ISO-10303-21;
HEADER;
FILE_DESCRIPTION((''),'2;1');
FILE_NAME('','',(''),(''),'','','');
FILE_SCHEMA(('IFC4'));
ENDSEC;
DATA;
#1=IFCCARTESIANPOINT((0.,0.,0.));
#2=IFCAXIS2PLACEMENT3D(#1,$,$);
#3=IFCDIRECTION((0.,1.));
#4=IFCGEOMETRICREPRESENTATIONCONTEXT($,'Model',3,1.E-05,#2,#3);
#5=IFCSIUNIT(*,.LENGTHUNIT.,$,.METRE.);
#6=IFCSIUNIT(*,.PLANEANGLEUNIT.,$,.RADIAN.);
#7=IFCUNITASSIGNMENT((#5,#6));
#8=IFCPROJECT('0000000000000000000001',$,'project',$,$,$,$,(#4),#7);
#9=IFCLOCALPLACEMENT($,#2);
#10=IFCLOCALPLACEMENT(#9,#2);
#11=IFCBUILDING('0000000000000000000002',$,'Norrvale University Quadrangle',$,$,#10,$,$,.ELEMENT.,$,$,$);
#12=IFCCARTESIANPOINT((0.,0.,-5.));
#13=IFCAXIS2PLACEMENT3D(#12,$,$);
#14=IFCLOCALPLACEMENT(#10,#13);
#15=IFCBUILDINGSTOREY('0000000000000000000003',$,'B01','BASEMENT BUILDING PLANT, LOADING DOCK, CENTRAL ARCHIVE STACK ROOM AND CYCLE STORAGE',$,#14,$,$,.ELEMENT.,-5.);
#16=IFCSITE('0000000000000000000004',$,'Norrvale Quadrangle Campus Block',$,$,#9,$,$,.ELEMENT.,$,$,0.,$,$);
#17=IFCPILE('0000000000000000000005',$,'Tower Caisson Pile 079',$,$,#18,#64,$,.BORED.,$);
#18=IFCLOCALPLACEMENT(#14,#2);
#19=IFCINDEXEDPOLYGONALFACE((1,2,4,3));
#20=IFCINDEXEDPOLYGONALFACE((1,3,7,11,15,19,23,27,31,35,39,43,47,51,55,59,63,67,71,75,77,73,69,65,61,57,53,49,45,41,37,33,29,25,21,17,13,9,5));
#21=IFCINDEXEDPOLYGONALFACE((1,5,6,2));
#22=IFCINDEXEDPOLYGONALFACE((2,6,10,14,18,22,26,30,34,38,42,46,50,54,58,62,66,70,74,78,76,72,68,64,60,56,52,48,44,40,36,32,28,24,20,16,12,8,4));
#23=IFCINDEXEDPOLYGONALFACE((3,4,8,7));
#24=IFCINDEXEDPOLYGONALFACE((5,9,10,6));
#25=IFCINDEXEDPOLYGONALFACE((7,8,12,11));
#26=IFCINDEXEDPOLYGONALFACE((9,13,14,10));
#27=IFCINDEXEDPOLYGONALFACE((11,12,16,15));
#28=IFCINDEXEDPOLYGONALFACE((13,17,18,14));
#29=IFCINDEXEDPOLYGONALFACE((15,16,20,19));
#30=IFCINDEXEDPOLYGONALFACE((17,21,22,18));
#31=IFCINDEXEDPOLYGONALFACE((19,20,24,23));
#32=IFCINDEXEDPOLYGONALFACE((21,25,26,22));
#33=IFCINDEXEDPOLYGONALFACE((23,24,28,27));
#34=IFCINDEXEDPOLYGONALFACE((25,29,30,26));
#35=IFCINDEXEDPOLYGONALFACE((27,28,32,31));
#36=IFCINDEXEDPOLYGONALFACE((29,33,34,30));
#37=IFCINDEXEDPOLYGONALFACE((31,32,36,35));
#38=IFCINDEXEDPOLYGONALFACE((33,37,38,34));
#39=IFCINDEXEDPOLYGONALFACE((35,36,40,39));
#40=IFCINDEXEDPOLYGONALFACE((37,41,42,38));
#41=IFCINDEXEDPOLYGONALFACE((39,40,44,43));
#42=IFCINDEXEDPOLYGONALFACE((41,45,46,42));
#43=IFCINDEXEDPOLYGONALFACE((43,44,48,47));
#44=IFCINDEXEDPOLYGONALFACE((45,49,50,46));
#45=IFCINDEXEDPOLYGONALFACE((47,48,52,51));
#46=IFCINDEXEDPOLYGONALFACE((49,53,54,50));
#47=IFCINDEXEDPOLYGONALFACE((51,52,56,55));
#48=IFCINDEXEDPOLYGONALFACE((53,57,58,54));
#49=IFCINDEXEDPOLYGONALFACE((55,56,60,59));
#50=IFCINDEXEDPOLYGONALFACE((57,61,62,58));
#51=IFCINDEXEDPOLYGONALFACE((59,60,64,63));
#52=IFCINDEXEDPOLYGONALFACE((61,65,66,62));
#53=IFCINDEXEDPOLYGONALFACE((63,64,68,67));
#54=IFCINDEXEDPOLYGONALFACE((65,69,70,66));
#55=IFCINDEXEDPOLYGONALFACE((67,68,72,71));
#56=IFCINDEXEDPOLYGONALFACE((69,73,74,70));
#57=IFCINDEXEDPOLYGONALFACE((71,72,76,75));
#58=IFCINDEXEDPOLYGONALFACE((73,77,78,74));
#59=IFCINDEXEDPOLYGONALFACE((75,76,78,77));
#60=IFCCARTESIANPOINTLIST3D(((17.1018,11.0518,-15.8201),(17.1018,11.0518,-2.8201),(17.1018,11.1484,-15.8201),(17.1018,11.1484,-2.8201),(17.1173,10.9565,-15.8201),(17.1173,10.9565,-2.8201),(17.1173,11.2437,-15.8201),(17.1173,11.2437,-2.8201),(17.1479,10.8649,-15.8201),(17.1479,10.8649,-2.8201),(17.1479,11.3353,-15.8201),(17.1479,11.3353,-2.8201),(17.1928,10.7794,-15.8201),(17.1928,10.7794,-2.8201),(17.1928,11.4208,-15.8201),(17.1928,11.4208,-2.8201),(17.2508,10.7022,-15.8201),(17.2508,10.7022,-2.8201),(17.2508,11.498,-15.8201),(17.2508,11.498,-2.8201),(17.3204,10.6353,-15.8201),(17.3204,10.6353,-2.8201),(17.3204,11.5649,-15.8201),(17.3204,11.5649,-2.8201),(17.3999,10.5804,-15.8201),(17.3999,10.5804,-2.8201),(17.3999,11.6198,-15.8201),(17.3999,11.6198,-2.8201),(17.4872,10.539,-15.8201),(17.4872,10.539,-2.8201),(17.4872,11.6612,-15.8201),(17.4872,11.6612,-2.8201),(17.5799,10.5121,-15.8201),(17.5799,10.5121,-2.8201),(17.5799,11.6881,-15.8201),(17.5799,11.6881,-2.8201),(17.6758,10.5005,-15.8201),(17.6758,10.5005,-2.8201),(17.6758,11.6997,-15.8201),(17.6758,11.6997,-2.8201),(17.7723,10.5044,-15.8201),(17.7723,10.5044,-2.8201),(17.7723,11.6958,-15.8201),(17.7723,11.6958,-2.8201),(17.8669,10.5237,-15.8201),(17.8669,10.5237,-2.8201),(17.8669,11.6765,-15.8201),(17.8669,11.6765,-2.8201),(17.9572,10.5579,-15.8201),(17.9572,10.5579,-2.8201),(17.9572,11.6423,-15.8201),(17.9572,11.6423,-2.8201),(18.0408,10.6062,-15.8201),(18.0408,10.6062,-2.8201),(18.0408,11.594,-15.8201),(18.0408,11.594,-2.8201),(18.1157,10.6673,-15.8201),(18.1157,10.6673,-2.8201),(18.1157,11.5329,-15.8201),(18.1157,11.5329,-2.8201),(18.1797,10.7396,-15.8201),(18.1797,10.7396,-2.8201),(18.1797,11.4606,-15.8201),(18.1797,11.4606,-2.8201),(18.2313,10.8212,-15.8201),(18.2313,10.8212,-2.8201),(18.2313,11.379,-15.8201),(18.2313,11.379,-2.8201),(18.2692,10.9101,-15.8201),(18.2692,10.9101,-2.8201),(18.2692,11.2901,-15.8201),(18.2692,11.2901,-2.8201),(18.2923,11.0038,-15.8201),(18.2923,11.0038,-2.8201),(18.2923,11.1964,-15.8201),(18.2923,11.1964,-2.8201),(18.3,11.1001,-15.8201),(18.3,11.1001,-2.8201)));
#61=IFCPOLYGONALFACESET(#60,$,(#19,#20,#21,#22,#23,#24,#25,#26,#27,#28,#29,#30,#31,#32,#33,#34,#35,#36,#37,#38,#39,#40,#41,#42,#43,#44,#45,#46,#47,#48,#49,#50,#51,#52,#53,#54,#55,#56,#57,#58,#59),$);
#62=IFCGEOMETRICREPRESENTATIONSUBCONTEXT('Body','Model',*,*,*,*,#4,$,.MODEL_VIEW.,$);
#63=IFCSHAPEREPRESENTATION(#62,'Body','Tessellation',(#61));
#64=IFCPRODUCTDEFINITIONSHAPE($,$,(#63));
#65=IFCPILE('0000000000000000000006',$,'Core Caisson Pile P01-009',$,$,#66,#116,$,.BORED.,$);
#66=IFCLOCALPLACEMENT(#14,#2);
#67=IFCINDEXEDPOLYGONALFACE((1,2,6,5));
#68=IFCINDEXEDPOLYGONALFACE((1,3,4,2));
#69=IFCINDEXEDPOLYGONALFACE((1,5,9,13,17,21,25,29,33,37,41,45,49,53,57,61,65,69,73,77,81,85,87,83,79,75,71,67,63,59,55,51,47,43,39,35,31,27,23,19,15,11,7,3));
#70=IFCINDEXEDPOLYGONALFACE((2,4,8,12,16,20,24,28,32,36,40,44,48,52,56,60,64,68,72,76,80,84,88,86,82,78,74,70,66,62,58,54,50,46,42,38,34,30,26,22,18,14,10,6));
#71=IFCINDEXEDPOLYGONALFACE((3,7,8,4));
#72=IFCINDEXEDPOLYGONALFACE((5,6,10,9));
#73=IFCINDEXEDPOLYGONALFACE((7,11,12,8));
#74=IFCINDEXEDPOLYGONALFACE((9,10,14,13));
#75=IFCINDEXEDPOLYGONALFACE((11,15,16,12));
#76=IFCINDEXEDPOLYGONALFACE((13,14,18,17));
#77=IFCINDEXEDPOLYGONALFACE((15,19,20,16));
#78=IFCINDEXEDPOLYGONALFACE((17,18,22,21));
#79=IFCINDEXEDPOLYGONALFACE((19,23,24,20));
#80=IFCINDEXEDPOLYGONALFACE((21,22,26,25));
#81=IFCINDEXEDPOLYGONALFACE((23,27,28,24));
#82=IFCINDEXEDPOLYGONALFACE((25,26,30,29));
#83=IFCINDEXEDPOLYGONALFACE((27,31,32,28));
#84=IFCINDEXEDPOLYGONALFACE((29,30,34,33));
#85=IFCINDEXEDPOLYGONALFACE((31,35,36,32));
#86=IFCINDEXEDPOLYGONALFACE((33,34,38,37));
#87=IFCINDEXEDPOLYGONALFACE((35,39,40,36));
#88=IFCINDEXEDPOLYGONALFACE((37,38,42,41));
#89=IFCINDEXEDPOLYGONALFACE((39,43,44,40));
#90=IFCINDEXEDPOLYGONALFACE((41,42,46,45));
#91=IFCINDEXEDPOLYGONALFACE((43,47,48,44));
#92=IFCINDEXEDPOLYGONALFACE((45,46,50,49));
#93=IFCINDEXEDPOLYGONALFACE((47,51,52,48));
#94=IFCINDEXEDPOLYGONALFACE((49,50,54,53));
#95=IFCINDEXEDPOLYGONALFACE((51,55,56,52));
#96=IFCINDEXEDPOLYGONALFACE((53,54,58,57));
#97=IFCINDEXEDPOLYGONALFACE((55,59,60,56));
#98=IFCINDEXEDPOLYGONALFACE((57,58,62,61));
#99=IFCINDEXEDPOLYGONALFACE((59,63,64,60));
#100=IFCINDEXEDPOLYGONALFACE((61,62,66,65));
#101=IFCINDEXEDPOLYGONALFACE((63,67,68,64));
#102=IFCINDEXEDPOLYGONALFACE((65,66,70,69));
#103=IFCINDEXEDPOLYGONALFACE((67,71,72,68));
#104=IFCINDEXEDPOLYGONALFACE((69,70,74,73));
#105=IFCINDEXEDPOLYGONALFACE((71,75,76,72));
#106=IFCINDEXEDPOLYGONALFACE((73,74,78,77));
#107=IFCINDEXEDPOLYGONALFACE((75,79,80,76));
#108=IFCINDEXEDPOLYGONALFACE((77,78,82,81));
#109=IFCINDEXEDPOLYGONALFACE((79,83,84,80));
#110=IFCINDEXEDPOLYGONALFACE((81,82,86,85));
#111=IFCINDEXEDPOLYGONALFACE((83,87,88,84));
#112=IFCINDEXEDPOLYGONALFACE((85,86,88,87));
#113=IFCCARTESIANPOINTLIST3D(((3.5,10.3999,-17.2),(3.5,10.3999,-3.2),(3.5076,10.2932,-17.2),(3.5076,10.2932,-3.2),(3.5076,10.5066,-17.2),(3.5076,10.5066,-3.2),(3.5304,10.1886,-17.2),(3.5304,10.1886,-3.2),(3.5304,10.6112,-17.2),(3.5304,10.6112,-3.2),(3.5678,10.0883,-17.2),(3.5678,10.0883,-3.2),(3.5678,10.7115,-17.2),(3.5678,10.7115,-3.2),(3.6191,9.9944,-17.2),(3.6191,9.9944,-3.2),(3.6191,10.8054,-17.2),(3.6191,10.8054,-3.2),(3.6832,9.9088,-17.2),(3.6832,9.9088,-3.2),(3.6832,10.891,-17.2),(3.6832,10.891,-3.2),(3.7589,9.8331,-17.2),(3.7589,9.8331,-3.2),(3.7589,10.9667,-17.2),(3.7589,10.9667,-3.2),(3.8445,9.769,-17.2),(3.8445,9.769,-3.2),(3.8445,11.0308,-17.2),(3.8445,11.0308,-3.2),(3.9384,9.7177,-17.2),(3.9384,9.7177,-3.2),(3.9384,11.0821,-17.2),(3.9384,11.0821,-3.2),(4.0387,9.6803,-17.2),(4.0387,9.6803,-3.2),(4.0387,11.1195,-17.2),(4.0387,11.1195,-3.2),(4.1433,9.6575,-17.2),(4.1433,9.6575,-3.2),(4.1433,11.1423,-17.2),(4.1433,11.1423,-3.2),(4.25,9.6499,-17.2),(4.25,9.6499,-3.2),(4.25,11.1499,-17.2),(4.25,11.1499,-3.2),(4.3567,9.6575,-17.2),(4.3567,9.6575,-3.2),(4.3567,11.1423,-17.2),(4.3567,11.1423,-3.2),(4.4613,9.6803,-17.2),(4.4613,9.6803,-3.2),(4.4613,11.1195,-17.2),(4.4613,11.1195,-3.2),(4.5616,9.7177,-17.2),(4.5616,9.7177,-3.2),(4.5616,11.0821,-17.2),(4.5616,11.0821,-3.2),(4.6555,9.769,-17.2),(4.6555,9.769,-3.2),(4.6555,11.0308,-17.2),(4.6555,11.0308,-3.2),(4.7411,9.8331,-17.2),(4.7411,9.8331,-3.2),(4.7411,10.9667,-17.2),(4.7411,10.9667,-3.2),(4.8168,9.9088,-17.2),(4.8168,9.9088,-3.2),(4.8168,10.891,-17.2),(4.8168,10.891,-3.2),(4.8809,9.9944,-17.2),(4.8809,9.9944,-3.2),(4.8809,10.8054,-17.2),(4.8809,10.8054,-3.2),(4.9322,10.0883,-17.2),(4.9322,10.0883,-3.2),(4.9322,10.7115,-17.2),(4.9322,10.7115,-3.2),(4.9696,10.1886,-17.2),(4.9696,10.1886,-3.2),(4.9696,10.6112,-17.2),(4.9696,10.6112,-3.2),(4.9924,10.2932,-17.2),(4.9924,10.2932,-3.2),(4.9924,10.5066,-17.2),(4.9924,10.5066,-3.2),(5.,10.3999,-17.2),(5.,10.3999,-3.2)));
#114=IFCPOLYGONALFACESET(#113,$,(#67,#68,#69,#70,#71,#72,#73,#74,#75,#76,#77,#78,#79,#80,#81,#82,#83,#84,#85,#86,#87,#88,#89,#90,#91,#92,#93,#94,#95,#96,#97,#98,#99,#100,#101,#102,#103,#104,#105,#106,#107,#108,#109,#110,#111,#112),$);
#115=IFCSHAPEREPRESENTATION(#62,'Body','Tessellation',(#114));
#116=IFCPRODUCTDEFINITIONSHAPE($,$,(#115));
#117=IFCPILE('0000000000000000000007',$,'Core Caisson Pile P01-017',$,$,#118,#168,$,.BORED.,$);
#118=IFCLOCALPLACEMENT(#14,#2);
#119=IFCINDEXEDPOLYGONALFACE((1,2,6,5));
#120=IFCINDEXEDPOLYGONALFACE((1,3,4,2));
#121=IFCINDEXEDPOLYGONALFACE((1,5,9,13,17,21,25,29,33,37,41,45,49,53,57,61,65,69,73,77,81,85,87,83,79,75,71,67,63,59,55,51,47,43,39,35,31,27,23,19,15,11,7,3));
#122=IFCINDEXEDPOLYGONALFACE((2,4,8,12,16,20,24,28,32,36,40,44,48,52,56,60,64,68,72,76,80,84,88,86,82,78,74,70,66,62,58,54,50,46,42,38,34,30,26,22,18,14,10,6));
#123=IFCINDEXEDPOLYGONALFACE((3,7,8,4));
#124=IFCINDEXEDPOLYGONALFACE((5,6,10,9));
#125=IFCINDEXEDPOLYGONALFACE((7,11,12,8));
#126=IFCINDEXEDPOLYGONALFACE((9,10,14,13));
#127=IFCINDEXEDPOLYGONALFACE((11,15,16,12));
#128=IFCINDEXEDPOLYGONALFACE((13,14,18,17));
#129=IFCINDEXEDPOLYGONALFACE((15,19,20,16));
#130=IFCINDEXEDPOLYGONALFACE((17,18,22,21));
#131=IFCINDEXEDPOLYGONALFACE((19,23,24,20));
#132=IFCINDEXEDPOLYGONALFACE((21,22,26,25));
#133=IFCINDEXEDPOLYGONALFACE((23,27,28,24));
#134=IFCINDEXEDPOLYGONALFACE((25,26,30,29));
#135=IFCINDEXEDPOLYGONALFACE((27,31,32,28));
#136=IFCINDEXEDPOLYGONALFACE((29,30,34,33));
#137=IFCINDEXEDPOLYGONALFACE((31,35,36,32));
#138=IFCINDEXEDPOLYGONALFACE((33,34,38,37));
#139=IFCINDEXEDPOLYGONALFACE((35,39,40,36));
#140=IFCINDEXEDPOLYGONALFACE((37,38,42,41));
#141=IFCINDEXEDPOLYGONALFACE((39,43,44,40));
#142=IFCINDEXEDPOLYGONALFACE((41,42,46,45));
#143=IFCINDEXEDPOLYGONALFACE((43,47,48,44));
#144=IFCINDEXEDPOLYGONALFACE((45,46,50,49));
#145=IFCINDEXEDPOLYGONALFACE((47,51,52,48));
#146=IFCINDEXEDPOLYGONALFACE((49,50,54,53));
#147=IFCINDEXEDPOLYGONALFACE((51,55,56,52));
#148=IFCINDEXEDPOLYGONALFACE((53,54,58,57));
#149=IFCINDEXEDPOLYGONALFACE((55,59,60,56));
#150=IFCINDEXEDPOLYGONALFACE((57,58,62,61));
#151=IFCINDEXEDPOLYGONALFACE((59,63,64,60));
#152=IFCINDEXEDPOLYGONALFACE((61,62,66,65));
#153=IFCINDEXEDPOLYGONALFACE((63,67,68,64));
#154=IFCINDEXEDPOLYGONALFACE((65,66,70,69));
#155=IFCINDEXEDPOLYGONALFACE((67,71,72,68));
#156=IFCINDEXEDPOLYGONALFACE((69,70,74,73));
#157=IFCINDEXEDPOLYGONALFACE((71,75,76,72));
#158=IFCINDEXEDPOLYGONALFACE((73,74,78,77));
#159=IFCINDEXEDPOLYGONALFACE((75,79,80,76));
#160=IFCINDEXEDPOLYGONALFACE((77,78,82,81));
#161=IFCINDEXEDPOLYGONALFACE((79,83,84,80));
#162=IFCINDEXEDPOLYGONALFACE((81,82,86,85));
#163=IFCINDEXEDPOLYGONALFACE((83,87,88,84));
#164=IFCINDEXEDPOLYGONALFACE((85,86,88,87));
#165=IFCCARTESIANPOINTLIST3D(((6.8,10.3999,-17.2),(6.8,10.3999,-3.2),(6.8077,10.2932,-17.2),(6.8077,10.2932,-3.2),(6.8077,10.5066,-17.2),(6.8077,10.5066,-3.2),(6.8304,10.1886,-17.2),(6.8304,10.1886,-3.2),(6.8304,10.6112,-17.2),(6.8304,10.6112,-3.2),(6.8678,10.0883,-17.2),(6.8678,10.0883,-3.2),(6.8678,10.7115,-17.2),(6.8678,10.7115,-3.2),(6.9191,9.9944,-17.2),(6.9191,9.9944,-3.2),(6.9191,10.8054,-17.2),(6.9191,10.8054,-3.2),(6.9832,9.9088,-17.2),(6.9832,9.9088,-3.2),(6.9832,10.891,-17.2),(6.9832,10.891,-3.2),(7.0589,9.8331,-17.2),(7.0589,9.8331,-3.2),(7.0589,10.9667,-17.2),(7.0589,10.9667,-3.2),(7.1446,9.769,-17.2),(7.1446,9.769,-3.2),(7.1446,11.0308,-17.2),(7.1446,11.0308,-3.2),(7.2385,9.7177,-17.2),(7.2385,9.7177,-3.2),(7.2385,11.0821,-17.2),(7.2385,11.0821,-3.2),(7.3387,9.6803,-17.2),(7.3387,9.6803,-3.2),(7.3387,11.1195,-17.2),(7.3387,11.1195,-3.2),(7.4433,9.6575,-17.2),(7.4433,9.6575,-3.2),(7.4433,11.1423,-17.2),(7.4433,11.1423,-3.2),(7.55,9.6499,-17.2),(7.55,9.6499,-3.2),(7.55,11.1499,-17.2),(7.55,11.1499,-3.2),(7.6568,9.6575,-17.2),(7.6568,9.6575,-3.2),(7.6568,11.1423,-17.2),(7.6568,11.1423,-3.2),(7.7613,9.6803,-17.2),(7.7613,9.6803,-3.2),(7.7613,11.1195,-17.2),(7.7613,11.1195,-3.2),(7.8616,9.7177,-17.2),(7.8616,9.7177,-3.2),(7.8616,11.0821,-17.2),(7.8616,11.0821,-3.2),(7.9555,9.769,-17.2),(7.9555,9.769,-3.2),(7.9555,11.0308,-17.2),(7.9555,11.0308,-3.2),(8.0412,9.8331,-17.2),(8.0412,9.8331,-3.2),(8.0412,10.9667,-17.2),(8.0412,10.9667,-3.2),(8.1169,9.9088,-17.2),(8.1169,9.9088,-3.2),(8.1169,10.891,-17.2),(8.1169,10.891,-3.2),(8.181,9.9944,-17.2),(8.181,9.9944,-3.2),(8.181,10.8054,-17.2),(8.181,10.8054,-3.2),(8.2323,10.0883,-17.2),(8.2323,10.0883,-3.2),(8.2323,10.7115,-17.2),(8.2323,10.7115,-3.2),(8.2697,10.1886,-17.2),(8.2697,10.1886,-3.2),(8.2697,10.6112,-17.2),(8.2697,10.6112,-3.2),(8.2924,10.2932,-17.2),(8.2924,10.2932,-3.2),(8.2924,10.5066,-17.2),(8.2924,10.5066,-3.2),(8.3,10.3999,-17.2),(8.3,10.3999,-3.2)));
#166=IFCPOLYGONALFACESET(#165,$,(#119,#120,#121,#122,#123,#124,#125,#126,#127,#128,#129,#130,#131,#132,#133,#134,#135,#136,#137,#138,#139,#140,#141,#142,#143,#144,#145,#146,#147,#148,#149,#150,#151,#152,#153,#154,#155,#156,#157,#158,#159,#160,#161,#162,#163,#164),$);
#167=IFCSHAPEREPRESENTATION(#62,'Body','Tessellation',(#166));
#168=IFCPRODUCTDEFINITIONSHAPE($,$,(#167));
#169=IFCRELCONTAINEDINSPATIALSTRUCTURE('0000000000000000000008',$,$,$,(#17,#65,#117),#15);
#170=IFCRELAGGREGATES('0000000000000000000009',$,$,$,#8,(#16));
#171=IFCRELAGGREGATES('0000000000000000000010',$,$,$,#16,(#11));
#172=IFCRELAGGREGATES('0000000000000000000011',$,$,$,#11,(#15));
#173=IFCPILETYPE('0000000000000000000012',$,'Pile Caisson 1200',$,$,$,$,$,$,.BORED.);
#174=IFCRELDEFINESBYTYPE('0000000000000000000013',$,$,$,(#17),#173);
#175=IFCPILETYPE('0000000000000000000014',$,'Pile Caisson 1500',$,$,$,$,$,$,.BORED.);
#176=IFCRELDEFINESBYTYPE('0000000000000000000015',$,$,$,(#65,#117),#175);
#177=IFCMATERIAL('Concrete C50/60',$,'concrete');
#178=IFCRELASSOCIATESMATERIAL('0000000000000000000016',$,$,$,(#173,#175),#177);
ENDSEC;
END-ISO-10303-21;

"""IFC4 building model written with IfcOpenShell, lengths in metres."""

from ifc_helpers import new_model, si_unit, direction, frame, origin, origin_2d, place, context, subcontext, project, spatial, circle, extrude, material, material_profile, profile_set, type_object, element, save


model = new_model("IFC4")

# Units and contexts
model_context = context("Model", 3, precision=1e-05, world=origin(), true_north=direction((0.0, 1.0)))
body_context = subcontext(model_context, "Body", "Model", "MODEL_VIEW")
ifc_project = project(units=[si_unit("LENGTHUNIT", "METRE"), si_unit("PLANEANGLEUNIT", "RADIAN")], contexts=[model_context])

# Site, building, storey
site_placement = place(None, origin())
site = spatial("IfcSite", under=ifc_project, at=site_placement, Name="Norrvale Quadrangle Campus Block", CompositionType="ELEMENT", RefElevation=0.0)
building_placement = place(site_placement, origin())
building = spatial("IfcBuilding", under=site, at=building_placement, Name="Norrvale University Quadrangle", CompositionType="ELEMENT")
storey_placement = place(building_placement, frame((0.0, 0.0, -5.0)))
storey = spatial("IfcBuildingStorey", under=building, at=storey_placement, Name="B01", Description="BASEMENT BUILDING PLANT, LOADING DOCK, CENTRAL ARCHIVE STACK ROOM AND CYCLE STORAGE", CompositionType="ELEMENT", Elevation=-5.0)

# Shared definitions
ifc_material_1 = material(Name="Concrete C50/60", Category="concrete")

# Piles
ifc_material_profile_1 = material_profile(ifc_material_1, circle(Radius=0.6001, at=origin_2d()), Name="Concrete C50/60")
ifc_profile_set_1 = profile_set([ifc_material_profile_1], Name="Concrete C50/60")
pile_type_1 = type_object("IfcPileType", Name="Pile Caisson 1200", PredefinedType="BORED", material=ifc_profile_set_1)
for number, where, z_axis, x_axis, name in (
    (1, (17.7, 11.1001, -2.8201), (0.0, 0.0, -1.0), (1.0, 0.0, 0.0), "Tower Caisson Pile 079"),
):
    element("IfcPile", number, at=place(storey_placement, frame(where, z_axis=z_axis, x_axis=x_axis)), inside=storey, type_object=pile_type_1, Name=name, PredefinedType="BORED", context=body_context, shape_type="SweptSolid", body=[
        extrude(circle(Radius=0.6001, at=origin_2d()), origin(), (0.0, 0.0, 1.0), 13.0),
    ])
ifc_material_profile_2 = material_profile(ifc_material_1, circle(Radius=0.75, at=origin_2d()), Name="Concrete C50/60")
ifc_profile_set_2 = profile_set([ifc_material_profile_2], Name="Concrete C50/60")
pile_type_2 = type_object("IfcPileType", Name="Pile Caisson 1500", PredefinedType="BORED", material=ifc_profile_set_2)
for number, where, z_axis, x_axis, name in (
    (2, (4.25, 10.3999, -3.2), (0.0, 0.0, -1.0), (1.0, 0.0, 0.0), "Core Caisson Pile P01-009"),
    (3, (7.55, 10.3999, -3.2), (0.0, 0.0, -1.0), (1.0, 0.0, 0.0), "Core Caisson Pile P01-017"),
):
    element("IfcPile", number, at=place(storey_placement, frame(where, z_axis=z_axis, x_axis=x_axis)), inside=storey, type_object=pile_type_2, Name=name, PredefinedType="BORED", context=body_context, shape_type="SweptSolid", body=[
        extrude(circle(Radius=0.75, at=origin_2d()), origin(), (0.0, 0.0, 1.0), 14.0),
    ])

save(model, "model.ifc")
